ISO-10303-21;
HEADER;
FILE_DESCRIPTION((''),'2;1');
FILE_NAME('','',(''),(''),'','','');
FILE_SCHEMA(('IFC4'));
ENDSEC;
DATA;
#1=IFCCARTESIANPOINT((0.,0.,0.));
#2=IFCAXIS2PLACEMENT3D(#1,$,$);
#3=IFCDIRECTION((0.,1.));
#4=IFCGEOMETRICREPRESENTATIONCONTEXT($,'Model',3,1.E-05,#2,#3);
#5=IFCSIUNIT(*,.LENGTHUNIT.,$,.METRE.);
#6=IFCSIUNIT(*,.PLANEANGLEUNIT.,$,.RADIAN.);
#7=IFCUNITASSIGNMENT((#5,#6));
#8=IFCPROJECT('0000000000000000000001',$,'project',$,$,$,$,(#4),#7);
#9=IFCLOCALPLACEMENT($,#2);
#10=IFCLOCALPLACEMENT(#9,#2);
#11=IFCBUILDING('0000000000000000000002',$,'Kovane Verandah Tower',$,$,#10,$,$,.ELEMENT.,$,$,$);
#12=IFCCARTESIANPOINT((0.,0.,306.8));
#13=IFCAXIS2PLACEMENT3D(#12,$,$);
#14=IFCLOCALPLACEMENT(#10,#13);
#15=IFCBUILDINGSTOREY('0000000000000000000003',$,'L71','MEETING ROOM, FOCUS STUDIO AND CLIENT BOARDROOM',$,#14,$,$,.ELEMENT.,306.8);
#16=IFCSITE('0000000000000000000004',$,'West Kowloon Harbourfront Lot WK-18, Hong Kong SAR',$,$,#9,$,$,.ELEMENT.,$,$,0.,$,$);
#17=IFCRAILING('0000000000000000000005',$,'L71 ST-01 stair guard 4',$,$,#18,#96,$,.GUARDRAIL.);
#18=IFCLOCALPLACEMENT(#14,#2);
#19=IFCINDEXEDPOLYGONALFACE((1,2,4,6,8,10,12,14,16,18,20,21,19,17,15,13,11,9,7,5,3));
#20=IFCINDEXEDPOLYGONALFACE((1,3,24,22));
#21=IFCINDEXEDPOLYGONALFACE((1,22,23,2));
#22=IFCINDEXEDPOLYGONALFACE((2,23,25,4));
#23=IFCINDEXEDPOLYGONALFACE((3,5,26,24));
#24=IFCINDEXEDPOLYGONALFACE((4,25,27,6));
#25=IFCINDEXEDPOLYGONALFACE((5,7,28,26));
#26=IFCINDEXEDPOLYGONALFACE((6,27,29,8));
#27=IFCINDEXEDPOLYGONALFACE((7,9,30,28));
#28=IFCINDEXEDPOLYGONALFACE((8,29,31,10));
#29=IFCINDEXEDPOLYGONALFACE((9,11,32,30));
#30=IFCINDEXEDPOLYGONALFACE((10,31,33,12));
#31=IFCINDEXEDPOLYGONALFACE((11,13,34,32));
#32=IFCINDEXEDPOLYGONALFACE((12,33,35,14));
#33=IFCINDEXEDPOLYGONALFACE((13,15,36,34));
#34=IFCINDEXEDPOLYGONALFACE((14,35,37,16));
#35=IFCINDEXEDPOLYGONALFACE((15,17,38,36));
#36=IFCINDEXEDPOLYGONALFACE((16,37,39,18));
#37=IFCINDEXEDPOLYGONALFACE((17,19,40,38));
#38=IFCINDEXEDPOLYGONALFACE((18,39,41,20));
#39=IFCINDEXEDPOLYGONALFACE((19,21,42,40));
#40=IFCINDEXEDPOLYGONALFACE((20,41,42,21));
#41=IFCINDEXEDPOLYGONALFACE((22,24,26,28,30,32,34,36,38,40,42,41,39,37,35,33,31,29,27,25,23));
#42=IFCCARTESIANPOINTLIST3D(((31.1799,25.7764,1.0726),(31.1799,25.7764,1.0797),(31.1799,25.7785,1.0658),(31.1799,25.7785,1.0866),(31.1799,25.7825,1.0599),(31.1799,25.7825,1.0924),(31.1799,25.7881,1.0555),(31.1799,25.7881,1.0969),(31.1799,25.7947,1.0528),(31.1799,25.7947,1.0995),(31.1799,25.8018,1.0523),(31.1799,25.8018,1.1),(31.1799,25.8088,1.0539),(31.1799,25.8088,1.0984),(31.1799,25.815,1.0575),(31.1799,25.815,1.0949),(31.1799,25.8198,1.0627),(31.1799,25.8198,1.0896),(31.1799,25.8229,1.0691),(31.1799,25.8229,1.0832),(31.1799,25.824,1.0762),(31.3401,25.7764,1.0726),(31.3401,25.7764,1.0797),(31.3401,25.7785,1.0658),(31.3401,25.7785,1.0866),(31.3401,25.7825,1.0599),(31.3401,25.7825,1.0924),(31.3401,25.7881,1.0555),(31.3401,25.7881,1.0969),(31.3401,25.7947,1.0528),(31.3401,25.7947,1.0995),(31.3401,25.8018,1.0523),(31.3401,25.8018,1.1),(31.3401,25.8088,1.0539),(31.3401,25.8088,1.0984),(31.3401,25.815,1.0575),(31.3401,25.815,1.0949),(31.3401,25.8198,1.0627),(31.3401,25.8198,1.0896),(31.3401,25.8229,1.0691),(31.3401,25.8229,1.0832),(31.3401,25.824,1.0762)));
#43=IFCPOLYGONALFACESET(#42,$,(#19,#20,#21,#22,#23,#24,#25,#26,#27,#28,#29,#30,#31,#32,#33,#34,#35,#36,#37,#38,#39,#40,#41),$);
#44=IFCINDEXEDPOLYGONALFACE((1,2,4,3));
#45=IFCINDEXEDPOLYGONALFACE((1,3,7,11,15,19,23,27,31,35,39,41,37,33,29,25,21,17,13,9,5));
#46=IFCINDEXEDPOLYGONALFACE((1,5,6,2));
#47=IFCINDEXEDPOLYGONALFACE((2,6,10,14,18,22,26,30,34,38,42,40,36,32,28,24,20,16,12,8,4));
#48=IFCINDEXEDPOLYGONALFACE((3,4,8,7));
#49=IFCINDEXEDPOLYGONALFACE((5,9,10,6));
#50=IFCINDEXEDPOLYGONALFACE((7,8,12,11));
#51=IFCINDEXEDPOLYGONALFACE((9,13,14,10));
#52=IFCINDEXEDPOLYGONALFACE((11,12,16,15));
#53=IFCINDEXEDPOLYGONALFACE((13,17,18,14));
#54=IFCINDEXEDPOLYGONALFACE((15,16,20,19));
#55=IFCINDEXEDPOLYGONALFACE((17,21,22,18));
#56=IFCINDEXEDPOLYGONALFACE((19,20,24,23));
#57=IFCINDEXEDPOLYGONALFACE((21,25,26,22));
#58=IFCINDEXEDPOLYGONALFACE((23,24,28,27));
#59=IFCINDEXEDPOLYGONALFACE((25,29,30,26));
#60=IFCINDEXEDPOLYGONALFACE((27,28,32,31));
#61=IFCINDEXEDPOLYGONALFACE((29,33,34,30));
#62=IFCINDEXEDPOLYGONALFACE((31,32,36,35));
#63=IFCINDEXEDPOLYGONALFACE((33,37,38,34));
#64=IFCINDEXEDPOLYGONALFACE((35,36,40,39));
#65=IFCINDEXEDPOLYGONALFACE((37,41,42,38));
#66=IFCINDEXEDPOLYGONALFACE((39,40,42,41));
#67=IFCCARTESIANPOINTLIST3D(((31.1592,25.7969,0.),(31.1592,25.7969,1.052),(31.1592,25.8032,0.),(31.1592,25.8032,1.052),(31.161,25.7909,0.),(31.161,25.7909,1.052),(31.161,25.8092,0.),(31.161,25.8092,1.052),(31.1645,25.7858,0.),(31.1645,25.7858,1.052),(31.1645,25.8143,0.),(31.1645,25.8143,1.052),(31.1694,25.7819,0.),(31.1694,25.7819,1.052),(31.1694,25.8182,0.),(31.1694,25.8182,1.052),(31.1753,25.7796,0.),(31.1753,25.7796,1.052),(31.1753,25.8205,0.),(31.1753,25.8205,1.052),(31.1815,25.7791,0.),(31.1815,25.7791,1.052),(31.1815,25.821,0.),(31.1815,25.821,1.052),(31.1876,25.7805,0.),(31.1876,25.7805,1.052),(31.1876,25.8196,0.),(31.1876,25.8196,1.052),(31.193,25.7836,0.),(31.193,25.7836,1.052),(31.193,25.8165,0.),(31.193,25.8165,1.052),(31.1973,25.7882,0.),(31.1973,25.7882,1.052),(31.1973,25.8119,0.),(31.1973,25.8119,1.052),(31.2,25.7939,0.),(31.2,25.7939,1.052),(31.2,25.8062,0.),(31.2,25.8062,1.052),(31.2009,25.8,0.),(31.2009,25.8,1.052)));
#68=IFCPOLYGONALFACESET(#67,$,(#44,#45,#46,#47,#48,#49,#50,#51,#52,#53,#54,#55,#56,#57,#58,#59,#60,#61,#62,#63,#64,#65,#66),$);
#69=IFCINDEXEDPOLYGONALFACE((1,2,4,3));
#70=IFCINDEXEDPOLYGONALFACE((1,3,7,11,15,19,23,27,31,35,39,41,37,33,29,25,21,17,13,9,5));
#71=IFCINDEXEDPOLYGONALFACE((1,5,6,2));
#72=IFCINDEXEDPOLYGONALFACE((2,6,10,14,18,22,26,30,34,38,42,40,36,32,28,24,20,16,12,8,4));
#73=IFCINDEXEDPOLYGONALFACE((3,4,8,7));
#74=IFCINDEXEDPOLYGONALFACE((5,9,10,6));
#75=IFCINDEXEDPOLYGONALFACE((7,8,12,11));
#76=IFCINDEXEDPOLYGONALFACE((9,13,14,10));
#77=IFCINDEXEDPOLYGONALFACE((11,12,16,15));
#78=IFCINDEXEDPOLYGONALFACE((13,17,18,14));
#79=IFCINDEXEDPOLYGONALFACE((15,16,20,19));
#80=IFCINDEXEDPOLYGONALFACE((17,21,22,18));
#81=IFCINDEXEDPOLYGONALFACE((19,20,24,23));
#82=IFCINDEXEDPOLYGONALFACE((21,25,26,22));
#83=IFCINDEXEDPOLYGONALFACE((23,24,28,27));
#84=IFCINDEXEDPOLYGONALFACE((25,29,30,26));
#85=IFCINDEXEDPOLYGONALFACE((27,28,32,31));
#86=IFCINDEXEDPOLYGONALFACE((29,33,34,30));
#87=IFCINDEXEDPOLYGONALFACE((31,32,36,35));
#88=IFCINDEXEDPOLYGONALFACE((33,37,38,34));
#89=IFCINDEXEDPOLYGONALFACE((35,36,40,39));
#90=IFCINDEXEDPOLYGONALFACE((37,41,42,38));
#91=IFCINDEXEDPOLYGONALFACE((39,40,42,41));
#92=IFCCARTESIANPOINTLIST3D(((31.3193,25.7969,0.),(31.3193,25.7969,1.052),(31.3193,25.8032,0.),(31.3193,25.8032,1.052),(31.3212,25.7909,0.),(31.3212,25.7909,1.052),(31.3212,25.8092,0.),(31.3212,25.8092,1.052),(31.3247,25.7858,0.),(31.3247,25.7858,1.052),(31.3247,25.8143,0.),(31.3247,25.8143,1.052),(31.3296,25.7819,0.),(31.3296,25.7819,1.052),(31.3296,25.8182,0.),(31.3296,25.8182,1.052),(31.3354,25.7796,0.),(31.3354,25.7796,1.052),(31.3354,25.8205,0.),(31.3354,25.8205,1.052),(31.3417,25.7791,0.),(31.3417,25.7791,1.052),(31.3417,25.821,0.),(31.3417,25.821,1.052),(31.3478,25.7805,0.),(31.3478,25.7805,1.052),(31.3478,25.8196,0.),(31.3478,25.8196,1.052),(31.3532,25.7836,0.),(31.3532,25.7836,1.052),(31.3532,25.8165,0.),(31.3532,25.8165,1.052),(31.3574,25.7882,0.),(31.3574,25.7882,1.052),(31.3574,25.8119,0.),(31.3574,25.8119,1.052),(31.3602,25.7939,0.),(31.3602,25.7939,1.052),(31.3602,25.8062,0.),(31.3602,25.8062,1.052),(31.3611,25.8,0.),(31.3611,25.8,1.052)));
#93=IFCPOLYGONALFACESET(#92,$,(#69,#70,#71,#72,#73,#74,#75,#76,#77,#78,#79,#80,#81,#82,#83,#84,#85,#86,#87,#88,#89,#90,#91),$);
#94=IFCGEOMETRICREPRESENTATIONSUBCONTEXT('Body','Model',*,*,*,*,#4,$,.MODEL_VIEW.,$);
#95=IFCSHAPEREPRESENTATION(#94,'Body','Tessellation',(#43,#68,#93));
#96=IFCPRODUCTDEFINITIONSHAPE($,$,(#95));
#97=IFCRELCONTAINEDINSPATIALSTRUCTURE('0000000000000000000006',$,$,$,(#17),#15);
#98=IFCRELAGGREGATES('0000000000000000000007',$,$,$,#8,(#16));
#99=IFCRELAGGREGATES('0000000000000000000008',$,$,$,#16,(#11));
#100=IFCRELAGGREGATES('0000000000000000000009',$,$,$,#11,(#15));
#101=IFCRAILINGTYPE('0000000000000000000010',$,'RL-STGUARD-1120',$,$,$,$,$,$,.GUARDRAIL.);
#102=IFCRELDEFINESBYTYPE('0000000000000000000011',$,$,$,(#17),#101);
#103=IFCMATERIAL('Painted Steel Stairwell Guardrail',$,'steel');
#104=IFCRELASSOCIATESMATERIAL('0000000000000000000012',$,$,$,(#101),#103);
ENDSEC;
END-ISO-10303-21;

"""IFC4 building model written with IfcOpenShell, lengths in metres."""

from ifc_helpers import new_model, si_unit, direction, frame, origin, origin_2d, place, context, subcontext, project, spatial, circle, extrude, material, type_object, element, save


model = new_model("IFC4")

# Units and contexts
model_context = context("Model", 3, precision=1e-05, world=origin(), true_north=direction((0.0, 1.0)))
body_context = subcontext(model_context, "Body", "Model", "MODEL_VIEW")
ifc_project = project(units=[si_unit("LENGTHUNIT", "METRE"), si_unit("PLANEANGLEUNIT", "RADIAN")], contexts=[model_context])

# Site, building, storey
site_placement = place(None, origin())
site = spatial("IfcSite", under=ifc_project, at=site_placement, Name="West Kowloon Harbourfront Lot WK-18, Hong Kong SAR", CompositionType="ELEMENT", RefElevation=0.0)
building_placement = place(site_placement, origin())
building = spatial("IfcBuilding", under=site, at=building_placement, Name="Kovane Verandah Tower", CompositionType="ELEMENT")
storey_placement = place(building_placement, frame((0.0, 0.0, 306.8)))
storey = spatial("IfcBuildingStorey", under=building, at=storey_placement, Name="L71", Description="MEETING ROOM, FOCUS STUDIO AND CLIENT BOARDROOM", CompositionType="ELEMENT", Elevation=306.8)

# Railing
ifc_material_1 = material(Name="Painted Steel Stairwell Guardrail", Category="steel")
railing_type_1 = type_object("IfcRailingType", Name="RL-STGUARD-1120", PredefinedType="GUARDRAIL", material=ifc_material_1)
railing_1_placement = place(storey_placement, frame((31.1799, 25.8, 0.0)))
element("IfcRailing", 1, at=railing_1_placement, inside=storey, type_object=railing_type_1, Name="L71 ST-01 stair guard 4", PredefinedType="GUARDRAIL", context=body_context, shape_type="SweptSolid", body=[
    extrude(circle(Radius=0.0239, at=origin_2d()), frame((0.0, 0.0, 1.0762), z_axis=(1.0, 0.0, 0.0), x_axis=(0.0, 1.0, 0.0)), (0.0, 0.0, 1.0), 0.1602),
    extrude(circle(Radius=0.021, at=origin_2d()), origin(), (0.0, 0.0, 1.0), 1.052),
    extrude(circle(Radius=0.021, at=origin_2d()), frame((0.1602, 0.0, 0.0)), (0.0, 0.0, 1.0), 1.052),
])

save(model, "model.ifc")
